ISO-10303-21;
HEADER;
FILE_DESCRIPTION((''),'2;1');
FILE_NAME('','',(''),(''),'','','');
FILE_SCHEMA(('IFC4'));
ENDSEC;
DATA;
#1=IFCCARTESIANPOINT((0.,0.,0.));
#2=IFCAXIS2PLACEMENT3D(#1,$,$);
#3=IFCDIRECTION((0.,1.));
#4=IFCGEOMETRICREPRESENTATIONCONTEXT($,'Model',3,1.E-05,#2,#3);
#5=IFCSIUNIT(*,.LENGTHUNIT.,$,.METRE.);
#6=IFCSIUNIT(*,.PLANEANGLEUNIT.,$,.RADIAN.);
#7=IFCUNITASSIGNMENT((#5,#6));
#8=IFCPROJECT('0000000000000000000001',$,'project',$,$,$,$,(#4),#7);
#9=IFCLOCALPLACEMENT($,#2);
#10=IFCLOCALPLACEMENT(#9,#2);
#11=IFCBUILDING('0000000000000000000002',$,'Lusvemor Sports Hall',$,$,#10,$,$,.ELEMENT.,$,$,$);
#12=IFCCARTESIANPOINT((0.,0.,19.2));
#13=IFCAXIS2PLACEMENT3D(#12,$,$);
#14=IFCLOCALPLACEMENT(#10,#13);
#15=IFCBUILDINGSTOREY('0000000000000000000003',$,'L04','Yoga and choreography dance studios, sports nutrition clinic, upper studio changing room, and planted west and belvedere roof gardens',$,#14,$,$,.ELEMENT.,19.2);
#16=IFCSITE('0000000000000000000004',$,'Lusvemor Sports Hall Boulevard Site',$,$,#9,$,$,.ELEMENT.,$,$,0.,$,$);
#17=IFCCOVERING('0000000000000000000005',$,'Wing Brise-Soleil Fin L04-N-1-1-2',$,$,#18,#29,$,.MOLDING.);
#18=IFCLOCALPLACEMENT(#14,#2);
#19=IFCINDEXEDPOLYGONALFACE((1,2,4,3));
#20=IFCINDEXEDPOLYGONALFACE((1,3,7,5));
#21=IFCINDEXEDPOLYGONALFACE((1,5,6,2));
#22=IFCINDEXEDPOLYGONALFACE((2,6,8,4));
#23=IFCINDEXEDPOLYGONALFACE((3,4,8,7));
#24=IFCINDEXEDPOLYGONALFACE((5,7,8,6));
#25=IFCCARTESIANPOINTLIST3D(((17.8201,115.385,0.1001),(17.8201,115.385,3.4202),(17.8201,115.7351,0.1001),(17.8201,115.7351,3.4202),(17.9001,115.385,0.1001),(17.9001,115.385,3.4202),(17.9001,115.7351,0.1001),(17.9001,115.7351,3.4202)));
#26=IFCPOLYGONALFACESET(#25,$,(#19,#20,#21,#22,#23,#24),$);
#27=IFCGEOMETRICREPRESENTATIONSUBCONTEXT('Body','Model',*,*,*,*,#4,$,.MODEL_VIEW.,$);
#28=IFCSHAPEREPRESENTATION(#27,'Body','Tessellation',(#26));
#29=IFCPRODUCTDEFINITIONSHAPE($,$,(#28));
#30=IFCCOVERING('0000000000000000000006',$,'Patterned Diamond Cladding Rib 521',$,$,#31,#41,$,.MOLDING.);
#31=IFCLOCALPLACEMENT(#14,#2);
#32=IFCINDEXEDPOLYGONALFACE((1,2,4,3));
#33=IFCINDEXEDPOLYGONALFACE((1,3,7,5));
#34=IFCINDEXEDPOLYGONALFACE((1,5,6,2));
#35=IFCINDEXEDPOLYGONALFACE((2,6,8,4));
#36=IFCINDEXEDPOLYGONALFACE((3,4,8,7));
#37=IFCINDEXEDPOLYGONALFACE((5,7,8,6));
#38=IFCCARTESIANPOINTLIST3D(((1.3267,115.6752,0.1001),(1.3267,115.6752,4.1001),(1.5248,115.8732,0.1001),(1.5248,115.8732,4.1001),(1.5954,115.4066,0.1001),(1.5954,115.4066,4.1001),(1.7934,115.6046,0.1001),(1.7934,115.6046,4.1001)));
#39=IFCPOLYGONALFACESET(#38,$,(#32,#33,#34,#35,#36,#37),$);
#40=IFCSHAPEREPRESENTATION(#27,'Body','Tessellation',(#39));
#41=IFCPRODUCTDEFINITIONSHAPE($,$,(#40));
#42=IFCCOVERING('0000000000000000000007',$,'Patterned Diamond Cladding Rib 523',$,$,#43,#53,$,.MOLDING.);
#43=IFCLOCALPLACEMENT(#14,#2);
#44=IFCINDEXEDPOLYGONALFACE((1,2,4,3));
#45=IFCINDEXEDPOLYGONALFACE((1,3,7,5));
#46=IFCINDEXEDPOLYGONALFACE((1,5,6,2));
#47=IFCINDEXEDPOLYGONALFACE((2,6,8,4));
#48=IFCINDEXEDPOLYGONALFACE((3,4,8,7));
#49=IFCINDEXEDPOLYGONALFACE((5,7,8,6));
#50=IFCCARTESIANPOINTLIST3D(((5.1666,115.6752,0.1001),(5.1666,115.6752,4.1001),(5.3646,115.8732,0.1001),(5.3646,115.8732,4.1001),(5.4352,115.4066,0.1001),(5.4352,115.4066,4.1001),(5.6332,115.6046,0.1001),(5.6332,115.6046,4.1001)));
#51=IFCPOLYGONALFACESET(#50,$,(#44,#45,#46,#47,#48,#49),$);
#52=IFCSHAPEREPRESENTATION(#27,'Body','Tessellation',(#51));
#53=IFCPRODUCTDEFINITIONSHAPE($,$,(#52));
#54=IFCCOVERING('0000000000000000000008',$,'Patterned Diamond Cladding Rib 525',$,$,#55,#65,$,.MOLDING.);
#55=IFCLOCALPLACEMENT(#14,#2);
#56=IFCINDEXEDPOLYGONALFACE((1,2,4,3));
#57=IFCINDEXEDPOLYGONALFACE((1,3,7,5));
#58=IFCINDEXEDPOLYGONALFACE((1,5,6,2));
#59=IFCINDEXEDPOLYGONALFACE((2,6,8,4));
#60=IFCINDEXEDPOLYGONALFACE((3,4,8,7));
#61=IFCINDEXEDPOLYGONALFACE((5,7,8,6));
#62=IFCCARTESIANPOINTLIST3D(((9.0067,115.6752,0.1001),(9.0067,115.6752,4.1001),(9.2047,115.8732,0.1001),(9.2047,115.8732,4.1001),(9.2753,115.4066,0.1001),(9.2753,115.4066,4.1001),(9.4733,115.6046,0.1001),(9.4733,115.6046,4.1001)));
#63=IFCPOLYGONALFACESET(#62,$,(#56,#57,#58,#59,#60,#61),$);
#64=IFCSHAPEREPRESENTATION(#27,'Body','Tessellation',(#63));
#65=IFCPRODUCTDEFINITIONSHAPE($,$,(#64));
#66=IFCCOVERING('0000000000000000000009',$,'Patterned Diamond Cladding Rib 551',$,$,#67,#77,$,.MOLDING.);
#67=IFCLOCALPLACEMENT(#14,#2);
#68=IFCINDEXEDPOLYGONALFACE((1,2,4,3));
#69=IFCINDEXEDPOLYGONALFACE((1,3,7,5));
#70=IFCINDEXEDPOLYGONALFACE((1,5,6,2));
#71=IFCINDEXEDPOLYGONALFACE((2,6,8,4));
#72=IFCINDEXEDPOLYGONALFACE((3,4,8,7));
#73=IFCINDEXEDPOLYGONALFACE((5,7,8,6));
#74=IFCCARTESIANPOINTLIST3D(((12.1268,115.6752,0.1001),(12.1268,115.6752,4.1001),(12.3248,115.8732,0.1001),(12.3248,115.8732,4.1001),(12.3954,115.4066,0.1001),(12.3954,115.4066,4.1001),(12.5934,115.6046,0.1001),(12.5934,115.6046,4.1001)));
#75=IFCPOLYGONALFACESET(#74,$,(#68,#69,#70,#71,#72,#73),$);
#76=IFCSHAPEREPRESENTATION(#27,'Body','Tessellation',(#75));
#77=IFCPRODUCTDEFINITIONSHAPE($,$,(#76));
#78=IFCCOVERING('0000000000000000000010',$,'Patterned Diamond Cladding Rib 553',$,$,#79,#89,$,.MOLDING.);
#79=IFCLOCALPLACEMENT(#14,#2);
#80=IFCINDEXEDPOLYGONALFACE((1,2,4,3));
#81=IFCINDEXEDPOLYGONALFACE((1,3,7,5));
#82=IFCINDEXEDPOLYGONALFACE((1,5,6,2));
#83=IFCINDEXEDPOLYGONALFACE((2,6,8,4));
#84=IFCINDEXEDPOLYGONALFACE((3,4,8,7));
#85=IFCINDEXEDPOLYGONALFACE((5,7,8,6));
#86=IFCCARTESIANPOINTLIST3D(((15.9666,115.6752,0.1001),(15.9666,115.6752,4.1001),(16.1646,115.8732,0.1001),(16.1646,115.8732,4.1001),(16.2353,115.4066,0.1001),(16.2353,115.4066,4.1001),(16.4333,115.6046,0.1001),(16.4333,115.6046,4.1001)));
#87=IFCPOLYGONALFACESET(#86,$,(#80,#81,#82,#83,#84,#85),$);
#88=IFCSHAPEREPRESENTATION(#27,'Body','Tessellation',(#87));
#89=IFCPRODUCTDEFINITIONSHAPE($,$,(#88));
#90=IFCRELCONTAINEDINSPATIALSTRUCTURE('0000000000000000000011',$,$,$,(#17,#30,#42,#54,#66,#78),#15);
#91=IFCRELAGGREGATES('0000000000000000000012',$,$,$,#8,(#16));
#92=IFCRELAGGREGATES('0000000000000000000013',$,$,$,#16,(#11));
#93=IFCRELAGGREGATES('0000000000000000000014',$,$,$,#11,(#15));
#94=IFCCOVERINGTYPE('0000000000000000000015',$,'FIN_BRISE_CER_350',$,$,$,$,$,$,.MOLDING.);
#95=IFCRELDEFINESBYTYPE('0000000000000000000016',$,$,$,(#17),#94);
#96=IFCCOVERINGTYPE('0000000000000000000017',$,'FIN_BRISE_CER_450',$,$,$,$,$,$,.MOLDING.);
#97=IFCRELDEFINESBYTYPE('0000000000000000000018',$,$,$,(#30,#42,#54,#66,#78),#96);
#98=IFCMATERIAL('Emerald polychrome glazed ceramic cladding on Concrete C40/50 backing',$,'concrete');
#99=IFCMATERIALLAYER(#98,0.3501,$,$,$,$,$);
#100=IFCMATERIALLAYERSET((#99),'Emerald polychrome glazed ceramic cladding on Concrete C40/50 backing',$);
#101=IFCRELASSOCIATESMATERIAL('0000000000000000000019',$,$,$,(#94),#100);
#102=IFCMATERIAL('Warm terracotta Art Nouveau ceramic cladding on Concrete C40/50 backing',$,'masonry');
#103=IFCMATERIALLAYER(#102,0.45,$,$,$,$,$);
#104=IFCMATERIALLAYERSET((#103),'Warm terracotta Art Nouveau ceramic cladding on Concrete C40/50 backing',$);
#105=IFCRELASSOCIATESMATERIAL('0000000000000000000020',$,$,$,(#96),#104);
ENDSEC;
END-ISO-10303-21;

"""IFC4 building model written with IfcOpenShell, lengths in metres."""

from ifc_helpers import new_model, si_unit, direction, frame, origin, origin_2d, place, context, subcontext, project, spatial, rectangle, extrude, material, layer, layer_set, type_object, element, save


model = new_model("IFC4")

# Units and contexts
model_context = context("Model", 3, precision=1e-05, world=origin(), true_north=direction((0.0, 1.0)))
body_context = subcontext(model_context, "Body", "Model", "MODEL_VIEW")
ifc_project = project(units=[si_unit("LENGTHUNIT", "METRE"), si_unit("PLANEANGLEUNIT", "RADIAN")], contexts=[model_context])

# Site, building, storey
site_placement = place(None, origin())
site = spatial("IfcSite", under=ifc_project, at=site_placement, Name="Lusvemor Sports Hall Boulevard Site", CompositionType="ELEMENT", RefElevation=0.0)
building_placement = place(site_placement, origin())
building = spatial("IfcBuilding", under=site, at=building_placement, Name="Lusvemor Sports Hall", CompositionType="ELEMENT")
storey_placement = place(building_placement, frame((0.0, 0.0, 19.2)))
storey = spatial("IfcBuildingStorey", under=building, at=storey_placement, Name="L04", Description="Yoga and choreography dance studios, sports nutrition clinic, upper studio changing room, and planted west and belvedere roof gardens", CompositionType="ELEMENT", Elevation=19.2)

# Coverings
ifc_material_1 = material(Name="Emerald polychrome glazed ceramic cladding on Concrete C40/50 backing", Category="concrete")
ifc_layer_1 = layer(ifc_material_1, 0.3501)
ifc_layer_set_1 = layer_set([ifc_layer_1], Name="Emerald polychrome glazed ceramic cladding on Concrete C40/50 backing")
covering_type_1 = type_object("IfcCoveringType", Name="FIN_BRISE_CER_350", PredefinedType="MOLDING", material=ifc_layer_set_1)
for number, where, z_axis, x_axis, name in (
    (1, (17.8601, 115.5601, 0.1001), (0.0, 0.0, 1.0), (1.0, 0.0, 0.0), "Wing Brise-Soleil Fin L04-N-1-1-2"),
):
    element("IfcCovering", number, at=place(storey_placement, frame(where, z_axis=z_axis, x_axis=x_axis)), inside=storey, type_object=covering_type_1, Name=name, PredefinedType="MOLDING", context=body_context, shape_type="SweptSolid", body=[
        extrude(rectangle(XDim=0.0801, YDim=0.3501, at=origin_2d()), origin(), (0.0, 0.0, 1.0), 3.3201),
    ])
ifc_material_2 = material(Name="Warm terracotta Art Nouveau ceramic cladding on Concrete C40/50 backing", Category="masonry")
ifc_layer_2 = layer(ifc_material_2, 0.45)
ifc_layer_set_2 = layer_set([ifc_layer_2], Name="Warm terracotta Art Nouveau ceramic cladding on Concrete C40/50 backing")
covering_type_2 = type_object("IfcCoveringType", Name="FIN_BRISE_CER_450", PredefinedType="MOLDING", material=ifc_layer_set_2)
for number, where, z_axis, x_axis, name in (
    (2, (1.5601, 115.6399, 0.1001), (0.0, 0.0, 1.0), (0.707107, 0.707107, 0.0), "Patterned Diamond Cladding Rib 521"),
    (3, (5.3999, 115.6399, 0.1001), (0.0, 0.0, 1.0), (0.707107, 0.707107, 0.0), "Patterned Diamond Cladding Rib 523"),
    (4, (9.24, 115.6399, 0.1001), (0.0, 0.0, 1.0), (0.707107, 0.707107, 0.0), "Patterned Diamond Cladding Rib 525"),
    (5, (12.3601, 115.6399, 0.1001), (0.0, 0.0, 1.0), (0.707107, 0.707107, 0.0), "Patterned Diamond Cladding Rib 551"),
    (6, (16.2, 115.6399, 0.1001), (0.0, 0.0, 1.0), (0.707107, 0.707107, 0.0), "Patterned Diamond Cladding Rib 553"),
):
    element("IfcCovering", number, at=place(storey_placement, frame(where, z_axis=z_axis, x_axis=x_axis)), inside=storey, type_object=covering_type_2, Name=name, PredefinedType="MOLDING", context=body_context, shape_type="SweptSolid", body=[
        extrude(rectangle(XDim=0.28, YDim=0.3799, at=origin_2d()), origin(), (0.0, 0.0, 1.0), 4.0),
    ])

save(model, "model.ifc")
